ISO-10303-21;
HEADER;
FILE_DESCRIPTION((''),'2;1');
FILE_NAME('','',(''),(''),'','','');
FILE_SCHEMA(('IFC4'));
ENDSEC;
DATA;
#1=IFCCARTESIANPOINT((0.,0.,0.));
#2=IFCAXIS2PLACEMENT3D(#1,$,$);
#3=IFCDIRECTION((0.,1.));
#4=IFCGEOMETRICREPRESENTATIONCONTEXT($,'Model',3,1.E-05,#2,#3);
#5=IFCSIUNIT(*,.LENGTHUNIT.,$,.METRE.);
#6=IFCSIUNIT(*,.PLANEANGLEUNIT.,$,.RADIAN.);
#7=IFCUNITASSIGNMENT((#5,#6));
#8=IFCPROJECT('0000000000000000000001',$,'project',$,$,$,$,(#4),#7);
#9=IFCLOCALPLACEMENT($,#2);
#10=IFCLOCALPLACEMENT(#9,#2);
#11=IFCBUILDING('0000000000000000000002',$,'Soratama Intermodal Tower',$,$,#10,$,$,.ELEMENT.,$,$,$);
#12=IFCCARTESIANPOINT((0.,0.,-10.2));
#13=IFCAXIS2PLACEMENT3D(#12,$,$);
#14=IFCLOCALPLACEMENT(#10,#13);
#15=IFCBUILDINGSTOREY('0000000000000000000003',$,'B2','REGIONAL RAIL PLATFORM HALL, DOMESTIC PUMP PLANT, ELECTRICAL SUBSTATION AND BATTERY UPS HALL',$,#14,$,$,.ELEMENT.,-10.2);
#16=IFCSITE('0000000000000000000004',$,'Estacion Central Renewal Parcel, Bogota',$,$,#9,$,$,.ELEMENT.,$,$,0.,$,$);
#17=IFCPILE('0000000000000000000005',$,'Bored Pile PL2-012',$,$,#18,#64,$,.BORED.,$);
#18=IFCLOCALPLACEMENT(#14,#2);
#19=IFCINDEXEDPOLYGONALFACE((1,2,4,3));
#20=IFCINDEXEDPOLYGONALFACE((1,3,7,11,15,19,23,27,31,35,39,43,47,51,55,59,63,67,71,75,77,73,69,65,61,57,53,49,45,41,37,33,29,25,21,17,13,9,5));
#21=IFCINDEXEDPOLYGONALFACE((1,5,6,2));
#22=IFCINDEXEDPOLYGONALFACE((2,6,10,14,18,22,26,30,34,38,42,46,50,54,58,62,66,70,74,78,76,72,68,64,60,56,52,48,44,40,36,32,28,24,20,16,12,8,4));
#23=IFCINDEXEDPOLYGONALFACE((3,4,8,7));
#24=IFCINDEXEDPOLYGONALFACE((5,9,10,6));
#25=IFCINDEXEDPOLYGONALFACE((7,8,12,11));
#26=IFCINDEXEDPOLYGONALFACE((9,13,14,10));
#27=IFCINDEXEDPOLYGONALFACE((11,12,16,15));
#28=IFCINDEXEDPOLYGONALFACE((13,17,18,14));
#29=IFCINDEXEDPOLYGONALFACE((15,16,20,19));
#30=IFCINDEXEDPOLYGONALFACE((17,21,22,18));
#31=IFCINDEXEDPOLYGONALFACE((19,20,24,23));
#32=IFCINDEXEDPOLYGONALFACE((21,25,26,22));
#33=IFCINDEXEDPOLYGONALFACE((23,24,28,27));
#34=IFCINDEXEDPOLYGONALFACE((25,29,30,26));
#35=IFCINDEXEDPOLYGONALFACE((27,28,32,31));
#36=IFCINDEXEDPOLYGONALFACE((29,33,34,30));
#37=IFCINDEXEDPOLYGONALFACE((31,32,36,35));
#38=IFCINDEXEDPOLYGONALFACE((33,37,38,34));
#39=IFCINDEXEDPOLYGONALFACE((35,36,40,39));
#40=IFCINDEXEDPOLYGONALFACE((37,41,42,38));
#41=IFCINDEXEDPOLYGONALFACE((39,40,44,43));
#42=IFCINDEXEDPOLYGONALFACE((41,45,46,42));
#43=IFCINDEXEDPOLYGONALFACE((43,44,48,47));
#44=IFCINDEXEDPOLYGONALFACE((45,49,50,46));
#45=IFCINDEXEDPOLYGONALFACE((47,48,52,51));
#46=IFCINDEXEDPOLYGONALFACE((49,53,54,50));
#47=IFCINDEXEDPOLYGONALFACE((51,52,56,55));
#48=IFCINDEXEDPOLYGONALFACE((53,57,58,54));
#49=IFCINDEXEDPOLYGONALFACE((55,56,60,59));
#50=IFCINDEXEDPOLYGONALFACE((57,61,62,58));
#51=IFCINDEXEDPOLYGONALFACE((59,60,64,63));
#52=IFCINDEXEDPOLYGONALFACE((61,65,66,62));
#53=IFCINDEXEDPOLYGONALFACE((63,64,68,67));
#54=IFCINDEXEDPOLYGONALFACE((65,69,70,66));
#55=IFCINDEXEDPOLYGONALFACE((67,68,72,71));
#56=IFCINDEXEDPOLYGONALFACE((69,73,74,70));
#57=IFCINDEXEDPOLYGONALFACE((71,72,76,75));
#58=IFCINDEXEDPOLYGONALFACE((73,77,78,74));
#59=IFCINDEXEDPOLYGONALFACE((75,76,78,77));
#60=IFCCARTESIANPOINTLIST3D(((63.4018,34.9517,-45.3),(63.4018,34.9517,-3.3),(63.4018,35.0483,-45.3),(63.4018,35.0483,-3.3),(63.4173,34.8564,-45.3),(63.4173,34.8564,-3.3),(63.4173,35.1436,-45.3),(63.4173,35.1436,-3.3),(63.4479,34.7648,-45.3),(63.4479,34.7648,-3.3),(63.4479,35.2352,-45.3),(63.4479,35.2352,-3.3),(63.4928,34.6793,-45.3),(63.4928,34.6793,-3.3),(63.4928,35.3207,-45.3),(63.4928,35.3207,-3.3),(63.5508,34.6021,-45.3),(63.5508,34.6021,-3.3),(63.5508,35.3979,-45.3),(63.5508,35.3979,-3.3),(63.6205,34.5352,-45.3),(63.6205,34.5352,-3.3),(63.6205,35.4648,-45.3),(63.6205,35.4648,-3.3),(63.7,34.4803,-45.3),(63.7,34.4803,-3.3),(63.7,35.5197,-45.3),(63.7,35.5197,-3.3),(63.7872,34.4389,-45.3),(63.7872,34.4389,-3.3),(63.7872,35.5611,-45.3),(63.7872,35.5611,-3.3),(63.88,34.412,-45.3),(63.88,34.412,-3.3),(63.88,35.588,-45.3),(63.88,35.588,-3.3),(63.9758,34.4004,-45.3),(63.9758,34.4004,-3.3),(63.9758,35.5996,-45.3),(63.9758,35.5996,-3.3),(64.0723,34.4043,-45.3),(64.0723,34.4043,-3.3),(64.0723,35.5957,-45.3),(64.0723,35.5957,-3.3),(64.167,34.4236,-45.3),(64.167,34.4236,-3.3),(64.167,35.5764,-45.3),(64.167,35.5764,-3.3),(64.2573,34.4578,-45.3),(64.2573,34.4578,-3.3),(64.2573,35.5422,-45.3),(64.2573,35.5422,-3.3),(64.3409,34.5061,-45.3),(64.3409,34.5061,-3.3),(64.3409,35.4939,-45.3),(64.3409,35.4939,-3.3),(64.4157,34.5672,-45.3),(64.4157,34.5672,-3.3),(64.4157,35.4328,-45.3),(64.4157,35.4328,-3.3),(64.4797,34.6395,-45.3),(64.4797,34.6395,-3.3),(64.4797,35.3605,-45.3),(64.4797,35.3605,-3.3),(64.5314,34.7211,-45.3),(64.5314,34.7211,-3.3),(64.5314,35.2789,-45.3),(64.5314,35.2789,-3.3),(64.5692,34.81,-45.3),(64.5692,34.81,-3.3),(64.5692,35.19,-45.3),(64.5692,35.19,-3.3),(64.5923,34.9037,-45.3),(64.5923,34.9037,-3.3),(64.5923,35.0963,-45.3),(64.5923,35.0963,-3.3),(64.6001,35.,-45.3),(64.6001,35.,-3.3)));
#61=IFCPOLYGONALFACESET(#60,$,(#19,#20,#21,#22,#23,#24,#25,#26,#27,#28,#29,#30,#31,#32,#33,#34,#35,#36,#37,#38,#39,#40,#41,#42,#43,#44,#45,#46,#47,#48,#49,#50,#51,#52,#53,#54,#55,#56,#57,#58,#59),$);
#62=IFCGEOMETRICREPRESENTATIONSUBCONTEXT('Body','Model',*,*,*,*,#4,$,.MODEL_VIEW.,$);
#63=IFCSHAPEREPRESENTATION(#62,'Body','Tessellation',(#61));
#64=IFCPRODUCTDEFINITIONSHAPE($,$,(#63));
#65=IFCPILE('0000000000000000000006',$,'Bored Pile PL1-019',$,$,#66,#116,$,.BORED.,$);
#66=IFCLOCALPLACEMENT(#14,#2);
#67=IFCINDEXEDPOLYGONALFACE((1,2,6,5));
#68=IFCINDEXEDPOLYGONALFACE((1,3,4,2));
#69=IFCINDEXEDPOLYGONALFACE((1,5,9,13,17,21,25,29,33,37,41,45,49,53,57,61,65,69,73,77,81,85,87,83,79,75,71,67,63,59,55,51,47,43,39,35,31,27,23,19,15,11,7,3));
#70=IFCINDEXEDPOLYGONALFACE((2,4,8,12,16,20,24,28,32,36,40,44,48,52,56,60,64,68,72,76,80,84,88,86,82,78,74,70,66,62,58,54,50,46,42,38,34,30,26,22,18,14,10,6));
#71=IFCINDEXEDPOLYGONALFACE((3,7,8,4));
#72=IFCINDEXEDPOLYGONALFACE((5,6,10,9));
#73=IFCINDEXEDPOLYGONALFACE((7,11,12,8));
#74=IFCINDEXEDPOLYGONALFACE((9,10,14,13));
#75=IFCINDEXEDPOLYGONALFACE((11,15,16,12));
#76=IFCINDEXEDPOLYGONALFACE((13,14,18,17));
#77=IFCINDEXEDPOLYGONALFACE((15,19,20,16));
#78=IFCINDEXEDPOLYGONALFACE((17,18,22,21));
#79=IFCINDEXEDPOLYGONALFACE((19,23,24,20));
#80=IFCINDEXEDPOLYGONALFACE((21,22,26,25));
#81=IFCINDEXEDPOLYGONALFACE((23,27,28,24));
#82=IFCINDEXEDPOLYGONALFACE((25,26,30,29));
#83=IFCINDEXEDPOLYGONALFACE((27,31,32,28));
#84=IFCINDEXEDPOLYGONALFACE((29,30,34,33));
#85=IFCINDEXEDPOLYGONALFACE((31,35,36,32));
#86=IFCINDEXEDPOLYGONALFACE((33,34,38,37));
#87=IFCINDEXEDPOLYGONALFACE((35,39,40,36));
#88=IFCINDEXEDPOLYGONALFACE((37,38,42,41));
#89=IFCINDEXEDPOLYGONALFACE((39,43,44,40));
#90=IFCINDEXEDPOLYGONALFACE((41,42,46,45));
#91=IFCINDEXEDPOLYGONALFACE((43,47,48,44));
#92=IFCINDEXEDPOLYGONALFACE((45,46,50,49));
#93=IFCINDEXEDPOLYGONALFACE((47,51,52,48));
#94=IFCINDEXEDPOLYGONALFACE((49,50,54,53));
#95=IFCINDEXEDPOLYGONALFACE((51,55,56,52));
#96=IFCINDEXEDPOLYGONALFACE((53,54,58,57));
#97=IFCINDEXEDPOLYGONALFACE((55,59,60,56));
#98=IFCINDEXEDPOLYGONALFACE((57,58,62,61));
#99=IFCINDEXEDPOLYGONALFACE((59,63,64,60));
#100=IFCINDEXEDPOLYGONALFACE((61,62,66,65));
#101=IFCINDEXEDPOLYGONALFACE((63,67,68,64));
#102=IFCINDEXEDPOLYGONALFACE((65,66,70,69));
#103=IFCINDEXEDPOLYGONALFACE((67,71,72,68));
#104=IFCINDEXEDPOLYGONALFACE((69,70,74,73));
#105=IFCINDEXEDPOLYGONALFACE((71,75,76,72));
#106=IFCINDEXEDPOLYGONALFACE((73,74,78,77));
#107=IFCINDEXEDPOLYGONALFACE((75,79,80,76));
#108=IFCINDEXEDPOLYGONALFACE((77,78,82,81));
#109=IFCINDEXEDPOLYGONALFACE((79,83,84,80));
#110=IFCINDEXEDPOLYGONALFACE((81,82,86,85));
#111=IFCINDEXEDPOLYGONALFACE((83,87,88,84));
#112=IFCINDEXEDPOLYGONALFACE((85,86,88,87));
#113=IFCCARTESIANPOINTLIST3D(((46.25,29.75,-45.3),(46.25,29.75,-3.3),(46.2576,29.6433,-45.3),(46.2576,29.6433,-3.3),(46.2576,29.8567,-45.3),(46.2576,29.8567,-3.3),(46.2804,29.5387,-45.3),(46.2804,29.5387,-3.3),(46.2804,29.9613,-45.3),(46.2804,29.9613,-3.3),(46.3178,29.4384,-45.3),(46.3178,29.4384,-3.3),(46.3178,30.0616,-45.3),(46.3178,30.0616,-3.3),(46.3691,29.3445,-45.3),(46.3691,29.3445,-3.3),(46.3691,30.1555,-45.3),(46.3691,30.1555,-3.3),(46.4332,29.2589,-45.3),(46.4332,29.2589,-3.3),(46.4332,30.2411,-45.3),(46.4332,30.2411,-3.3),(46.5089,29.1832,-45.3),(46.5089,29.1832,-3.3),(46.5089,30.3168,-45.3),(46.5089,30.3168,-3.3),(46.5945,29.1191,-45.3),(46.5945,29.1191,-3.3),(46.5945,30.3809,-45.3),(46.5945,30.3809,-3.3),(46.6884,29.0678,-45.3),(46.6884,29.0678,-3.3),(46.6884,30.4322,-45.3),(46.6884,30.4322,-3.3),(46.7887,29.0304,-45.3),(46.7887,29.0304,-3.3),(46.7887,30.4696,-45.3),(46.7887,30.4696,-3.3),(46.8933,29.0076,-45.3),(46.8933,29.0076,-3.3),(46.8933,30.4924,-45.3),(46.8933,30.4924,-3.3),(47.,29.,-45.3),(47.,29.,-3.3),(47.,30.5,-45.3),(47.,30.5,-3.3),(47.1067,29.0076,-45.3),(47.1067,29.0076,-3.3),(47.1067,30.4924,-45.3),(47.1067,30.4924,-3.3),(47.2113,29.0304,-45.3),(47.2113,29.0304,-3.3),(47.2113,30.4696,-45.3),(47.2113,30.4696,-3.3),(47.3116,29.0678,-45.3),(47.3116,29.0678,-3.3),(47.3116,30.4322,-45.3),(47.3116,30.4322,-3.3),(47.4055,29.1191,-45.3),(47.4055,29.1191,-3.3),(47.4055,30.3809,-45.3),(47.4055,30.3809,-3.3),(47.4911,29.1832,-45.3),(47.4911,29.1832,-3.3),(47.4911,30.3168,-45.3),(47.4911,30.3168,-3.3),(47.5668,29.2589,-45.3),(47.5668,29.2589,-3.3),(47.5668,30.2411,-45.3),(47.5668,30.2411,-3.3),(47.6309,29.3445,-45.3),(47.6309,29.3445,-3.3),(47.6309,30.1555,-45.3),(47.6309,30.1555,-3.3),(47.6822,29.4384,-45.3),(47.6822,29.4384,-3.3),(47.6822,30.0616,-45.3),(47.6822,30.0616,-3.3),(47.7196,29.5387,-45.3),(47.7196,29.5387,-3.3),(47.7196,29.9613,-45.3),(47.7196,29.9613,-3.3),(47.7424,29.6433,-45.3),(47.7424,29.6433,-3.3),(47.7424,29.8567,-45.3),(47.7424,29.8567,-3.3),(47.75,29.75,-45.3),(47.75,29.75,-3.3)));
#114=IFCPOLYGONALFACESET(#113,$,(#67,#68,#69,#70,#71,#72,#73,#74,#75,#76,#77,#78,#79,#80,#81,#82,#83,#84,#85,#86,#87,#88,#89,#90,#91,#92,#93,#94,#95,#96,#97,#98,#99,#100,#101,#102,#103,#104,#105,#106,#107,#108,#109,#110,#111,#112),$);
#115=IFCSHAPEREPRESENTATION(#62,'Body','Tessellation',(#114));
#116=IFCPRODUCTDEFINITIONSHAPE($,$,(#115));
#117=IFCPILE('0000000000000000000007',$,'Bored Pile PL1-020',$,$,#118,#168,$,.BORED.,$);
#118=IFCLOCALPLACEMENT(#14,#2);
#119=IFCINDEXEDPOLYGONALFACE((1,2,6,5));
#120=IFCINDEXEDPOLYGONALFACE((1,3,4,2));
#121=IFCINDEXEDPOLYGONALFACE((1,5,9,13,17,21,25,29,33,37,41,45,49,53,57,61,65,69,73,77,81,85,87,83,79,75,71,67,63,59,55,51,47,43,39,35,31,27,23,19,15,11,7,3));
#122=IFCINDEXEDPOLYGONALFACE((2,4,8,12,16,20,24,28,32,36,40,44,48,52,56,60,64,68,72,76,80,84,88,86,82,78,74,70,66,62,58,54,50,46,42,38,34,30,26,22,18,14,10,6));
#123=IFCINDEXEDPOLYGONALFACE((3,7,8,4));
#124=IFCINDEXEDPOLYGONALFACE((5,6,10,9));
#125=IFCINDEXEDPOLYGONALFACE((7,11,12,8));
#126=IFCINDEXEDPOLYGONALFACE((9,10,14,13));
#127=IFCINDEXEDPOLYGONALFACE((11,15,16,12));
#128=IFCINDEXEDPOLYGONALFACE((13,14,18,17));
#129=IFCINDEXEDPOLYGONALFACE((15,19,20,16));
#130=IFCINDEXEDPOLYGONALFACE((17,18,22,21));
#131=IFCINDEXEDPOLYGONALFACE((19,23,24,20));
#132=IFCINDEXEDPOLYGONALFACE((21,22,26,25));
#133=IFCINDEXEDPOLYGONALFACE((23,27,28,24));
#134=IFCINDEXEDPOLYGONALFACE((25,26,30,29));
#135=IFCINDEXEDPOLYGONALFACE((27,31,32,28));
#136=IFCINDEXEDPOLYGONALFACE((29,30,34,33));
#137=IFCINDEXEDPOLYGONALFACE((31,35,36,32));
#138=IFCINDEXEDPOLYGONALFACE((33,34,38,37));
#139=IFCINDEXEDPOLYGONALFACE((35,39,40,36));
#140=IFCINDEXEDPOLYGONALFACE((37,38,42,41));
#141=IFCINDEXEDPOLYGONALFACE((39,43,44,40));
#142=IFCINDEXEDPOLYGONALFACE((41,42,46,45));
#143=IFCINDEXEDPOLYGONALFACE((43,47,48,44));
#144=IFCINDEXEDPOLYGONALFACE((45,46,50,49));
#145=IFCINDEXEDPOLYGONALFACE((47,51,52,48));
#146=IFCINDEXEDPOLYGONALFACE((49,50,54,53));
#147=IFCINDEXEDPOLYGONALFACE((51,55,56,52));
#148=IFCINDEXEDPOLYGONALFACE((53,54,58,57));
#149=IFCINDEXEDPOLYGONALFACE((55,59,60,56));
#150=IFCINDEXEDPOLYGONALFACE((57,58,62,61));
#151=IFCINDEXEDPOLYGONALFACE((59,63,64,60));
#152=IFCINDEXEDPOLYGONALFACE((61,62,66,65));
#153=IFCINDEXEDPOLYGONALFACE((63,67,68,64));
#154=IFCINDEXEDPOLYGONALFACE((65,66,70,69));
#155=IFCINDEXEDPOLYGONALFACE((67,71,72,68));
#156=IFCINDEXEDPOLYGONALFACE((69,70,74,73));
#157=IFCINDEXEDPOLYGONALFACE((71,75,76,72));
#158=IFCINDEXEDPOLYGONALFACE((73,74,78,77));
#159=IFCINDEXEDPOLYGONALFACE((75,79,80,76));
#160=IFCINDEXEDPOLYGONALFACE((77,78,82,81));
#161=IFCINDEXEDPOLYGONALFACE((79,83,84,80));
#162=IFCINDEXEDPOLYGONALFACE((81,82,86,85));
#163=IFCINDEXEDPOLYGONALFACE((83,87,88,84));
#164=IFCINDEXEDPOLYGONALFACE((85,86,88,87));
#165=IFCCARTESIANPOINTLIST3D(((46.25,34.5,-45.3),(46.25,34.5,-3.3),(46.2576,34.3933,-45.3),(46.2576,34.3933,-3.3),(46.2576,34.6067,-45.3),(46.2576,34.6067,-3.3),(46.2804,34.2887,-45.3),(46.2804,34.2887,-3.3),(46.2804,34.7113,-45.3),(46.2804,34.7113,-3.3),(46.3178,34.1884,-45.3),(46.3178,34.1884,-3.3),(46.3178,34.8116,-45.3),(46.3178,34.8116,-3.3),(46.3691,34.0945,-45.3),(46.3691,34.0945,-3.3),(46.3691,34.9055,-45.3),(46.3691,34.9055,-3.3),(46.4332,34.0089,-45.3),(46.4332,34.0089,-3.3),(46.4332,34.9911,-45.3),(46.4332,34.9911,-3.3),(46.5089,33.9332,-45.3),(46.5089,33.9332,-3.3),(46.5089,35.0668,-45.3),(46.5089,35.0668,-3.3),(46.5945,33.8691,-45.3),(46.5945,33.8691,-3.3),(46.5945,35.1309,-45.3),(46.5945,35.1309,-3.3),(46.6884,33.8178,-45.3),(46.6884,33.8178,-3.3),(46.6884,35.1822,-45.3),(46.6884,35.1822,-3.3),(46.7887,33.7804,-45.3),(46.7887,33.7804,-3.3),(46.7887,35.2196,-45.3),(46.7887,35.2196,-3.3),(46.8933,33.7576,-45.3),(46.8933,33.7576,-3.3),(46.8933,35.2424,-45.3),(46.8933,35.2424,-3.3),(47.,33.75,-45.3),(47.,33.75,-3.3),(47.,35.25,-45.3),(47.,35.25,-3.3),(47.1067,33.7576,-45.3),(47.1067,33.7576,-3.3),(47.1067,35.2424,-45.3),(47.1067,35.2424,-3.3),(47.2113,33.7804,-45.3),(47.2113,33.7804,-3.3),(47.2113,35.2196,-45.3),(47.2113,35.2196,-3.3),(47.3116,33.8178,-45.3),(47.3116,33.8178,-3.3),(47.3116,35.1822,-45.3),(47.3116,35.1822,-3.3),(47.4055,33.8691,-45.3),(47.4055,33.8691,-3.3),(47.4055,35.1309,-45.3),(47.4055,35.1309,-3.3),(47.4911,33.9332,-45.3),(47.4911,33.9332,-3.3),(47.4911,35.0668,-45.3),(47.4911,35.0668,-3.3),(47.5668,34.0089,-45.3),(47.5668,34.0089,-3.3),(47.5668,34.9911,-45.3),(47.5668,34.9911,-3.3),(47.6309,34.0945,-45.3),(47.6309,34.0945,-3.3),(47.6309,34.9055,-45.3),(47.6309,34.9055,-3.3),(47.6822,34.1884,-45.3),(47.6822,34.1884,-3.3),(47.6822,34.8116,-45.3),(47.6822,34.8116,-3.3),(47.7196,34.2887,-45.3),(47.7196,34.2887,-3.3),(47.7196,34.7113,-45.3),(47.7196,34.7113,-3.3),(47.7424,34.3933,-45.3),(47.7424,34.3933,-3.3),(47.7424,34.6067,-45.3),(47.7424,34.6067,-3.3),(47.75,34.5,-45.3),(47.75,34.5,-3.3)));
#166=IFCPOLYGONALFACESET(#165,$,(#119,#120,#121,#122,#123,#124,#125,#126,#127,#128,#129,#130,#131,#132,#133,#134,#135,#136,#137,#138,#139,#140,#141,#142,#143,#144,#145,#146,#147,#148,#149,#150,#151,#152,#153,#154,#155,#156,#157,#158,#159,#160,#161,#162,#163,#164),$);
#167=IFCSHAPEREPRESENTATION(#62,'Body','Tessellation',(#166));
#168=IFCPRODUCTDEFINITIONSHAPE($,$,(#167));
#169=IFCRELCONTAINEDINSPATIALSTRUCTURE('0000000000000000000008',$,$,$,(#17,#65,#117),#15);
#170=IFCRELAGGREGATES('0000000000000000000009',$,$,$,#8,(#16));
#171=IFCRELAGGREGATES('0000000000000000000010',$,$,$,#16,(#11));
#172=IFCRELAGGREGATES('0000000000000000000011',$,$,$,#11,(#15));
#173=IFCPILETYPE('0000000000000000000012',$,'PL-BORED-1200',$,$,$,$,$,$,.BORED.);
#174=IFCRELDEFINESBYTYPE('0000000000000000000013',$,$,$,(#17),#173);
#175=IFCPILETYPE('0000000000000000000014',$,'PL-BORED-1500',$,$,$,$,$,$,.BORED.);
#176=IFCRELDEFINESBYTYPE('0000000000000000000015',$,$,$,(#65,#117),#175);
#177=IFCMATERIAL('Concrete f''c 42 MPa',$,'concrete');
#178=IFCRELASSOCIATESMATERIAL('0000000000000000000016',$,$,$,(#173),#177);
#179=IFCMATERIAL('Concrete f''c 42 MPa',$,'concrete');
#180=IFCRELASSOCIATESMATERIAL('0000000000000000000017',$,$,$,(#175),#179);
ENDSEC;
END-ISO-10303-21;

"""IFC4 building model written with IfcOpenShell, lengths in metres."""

from ifc_helpers import new_model, si_unit, direction, frame, origin, origin_2d, place, context, subcontext, project, spatial, circle, extrude, material, material_profile, profile_set, type_object, element, save


model = new_model("IFC4")

# Units and contexts
model_context = context("Model", 3, precision=1e-05, world=origin(), true_north=direction((0.0, 1.0)))
body_context = subcontext(model_context, "Body", "Model", "MODEL_VIEW")
ifc_project = project(units=[si_unit("LENGTHUNIT", "METRE"), si_unit("PLANEANGLEUNIT", "RADIAN")], contexts=[model_context])

# Site, building, storey
site_placement = place(None, origin())
site = spatial("IfcSite", under=ifc_project, at=site_placement, Name="Estacion Central Renewal Parcel, Bogota", CompositionType="ELEMENT", RefElevation=0.0)
building_placement = place(site_placement, origin())
building = spatial("IfcBuilding", under=site, at=building_placement, Name="Soratama Intermodal Tower", CompositionType="ELEMENT")
storey_placement = place(building_placement, frame((0.0, 0.0, -10.2)))
storey = spatial("IfcBuildingStorey", under=building, at=storey_placement, Name="B2", Description="REGIONAL RAIL PLATFORM HALL, DOMESTIC PUMP PLANT, ELECTRICAL SUBSTATION AND BATTERY UPS HALL", CompositionType="ELEMENT", Elevation=-10.2)

# Piles
ifc_material_1 = material(Name="Concrete f'c 42 MPa", Category="concrete")
ifc_material_profile_1 = material_profile(ifc_material_1, circle(Radius=0.6001, at=origin_2d()), Name="PILE1200")
ifc_profile_set_1 = profile_set([ifc_material_profile_1], Name="Concrete f'c 42 MPa")
pile_type_1 = type_object("IfcPileType", Name="PL-BORED-1200", PredefinedType="BORED", material=ifc_profile_set_1)
pile_placement = place(storey_placement, frame((64.0, 35.0, -3.3), z_axis=(0.0, 0.0, -1.0), x_axis=(1.0, 0.0, 0.0)))
element("IfcPile", 1, at=pile_placement, inside=storey, type_object=pile_type_1, Name="Bored Pile PL2-012", PredefinedType="BORED", context=body_context, shape_type="SweptSolid", body=[
    extrude(circle(Radius=0.6001, at=origin_2d()), origin(), (0.0, 0.0, 1.0), 42.0),
])
ifc_material_2 = material(Name="Concrete f'c 42 MPa", Category="concrete")
ifc_material_profile_2 = material_profile(ifc_material_2, circle(Radius=0.75, at=origin_2d()), Name="PILE1500")
ifc_profile_set_2 = profile_set([ifc_material_profile_2], Name="Concrete f'c 42 MPa")
pile_type_2 = type_object("IfcPileType", Name="PL-BORED-1500", PredefinedType="BORED", material=ifc_profile_set_2)
for number, where, z_axis, x_axis, name in (
    (2, (47.0, 29.75, -3.3), (0.0, 0.0, -1.0), (1.0, 0.0, 0.0), "Bored Pile PL1-019"),
    (3, (47.0, 34.5, -3.3), (0.0, 0.0, -1.0), (1.0, 0.0, 0.0), "Bored Pile PL1-020"),
):
    element("IfcPile", number, at=place(storey_placement, frame(where, z_axis=z_axis, x_axis=x_axis)), inside=storey, type_object=pile_type_2, Name=name, PredefinedType="BORED", context=body_context, shape_type="SweptSolid", body=[
        extrude(circle(Radius=0.75, at=origin_2d()), origin(), (0.0, 0.0, 1.0), 42.0),
    ])

save(model, "model.ifc")
